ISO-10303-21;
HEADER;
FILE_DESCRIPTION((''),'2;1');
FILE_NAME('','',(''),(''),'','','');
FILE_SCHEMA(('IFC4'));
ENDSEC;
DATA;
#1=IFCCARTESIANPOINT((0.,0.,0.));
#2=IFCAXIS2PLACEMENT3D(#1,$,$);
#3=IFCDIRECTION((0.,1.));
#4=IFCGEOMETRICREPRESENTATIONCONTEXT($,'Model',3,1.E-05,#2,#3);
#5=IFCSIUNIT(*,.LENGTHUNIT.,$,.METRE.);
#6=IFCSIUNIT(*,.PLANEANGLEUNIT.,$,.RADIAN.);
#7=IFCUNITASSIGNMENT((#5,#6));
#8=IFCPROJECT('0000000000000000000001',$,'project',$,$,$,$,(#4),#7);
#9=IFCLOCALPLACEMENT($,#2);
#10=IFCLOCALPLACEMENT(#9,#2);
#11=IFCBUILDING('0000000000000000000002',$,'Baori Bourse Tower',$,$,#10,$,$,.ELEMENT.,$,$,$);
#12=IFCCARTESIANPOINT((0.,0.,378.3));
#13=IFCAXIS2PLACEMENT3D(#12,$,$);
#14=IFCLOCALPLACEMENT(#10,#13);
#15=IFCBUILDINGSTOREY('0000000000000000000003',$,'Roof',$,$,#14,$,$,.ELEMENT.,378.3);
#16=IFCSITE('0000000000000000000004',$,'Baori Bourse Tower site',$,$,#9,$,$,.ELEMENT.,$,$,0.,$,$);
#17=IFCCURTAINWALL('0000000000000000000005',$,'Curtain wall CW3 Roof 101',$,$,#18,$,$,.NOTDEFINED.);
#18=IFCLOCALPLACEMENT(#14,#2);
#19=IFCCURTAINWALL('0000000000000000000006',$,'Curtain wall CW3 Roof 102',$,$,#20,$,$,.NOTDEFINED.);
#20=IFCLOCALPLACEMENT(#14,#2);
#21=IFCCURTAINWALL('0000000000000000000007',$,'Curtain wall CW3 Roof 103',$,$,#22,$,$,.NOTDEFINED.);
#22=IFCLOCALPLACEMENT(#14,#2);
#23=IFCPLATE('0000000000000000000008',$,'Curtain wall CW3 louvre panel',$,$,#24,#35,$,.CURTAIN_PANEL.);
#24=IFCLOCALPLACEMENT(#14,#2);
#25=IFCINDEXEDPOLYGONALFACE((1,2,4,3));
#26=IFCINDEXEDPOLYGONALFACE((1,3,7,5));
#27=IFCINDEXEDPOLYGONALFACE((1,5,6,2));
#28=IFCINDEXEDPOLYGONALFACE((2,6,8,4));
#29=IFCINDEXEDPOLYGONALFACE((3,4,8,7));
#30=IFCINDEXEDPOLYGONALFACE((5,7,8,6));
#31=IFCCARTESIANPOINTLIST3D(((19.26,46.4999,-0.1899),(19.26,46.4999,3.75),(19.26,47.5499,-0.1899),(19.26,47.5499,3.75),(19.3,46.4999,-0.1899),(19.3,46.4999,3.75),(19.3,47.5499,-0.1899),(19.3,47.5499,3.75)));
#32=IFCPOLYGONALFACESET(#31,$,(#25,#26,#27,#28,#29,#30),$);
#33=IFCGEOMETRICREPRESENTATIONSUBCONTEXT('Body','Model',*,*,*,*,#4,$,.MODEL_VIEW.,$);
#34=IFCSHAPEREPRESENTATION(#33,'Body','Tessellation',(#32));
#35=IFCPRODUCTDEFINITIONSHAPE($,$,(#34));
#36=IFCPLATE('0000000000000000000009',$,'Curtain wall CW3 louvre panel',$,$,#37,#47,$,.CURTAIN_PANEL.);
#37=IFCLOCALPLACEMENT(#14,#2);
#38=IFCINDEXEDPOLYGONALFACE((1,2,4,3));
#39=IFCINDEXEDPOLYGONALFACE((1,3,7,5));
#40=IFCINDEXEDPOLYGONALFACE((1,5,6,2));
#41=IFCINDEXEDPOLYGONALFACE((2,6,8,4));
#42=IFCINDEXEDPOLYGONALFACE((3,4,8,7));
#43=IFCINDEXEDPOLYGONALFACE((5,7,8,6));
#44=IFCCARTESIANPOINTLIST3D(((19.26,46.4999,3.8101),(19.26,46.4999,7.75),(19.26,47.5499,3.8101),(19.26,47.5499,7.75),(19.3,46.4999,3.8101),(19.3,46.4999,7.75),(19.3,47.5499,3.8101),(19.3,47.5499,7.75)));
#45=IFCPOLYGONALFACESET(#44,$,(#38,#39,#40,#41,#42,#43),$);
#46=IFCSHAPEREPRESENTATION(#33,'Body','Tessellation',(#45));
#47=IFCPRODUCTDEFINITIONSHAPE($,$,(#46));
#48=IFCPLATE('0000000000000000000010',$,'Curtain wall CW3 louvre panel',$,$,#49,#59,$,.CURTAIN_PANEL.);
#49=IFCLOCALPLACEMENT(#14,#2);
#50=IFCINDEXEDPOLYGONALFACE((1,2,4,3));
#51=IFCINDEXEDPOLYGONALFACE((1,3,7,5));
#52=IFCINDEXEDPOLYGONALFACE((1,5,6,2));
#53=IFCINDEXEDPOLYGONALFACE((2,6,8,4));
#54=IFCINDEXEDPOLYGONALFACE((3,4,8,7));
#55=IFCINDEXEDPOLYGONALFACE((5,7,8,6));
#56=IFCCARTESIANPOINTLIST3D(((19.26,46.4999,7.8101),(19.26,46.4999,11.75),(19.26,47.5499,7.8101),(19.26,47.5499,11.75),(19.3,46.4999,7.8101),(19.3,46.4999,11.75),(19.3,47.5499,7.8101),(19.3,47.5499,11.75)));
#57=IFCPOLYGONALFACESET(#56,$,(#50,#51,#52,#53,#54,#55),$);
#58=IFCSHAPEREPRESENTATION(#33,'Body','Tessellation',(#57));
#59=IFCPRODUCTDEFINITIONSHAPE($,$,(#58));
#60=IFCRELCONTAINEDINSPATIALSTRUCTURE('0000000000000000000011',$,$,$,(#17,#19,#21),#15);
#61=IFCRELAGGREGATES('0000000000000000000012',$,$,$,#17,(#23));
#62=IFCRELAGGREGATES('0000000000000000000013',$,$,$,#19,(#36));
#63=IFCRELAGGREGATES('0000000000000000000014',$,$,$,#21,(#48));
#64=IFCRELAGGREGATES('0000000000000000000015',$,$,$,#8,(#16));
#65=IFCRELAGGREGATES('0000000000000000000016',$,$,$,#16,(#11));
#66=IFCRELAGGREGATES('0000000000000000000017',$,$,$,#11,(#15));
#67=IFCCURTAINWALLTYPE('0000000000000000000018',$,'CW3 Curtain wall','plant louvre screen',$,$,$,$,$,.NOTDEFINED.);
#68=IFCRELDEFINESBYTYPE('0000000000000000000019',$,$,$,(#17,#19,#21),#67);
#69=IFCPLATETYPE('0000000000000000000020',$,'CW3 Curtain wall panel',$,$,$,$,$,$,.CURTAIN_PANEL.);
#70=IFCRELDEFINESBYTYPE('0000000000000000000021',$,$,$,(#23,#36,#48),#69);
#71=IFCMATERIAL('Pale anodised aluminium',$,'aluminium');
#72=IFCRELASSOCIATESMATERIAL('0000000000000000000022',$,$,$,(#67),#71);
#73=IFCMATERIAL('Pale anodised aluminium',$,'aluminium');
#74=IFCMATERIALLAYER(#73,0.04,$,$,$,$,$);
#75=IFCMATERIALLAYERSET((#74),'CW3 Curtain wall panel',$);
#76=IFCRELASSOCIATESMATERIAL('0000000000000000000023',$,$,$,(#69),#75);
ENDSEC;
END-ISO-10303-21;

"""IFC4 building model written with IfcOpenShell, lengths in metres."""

from ifc_helpers import new_model, si_unit, direction, frame, origin, origin_2d, place, context, subcontext, project, spatial, rectangle, extrude, material, layer, layer_set, type_object, element, aggregate, save


model = new_model("IFC4")

# Units and contexts
model_context = context("Model", 3, precision=1e-05, world=origin(), true_north=direction((0.0, 1.0)))
body_context = subcontext(model_context, "Body", "Model", "MODEL_VIEW")
ifc_project = project(units=[si_unit("LENGTHUNIT", "METRE"), si_unit("PLANEANGLEUNIT", "RADIAN")], contexts=[model_context])

# Site, building, storey
site_placement = place(None, origin())
site = spatial("IfcSite", under=ifc_project, at=site_placement, Name="Baori Bourse Tower site", CompositionType="ELEMENT", RefElevation=0.0)
building_placement = place(site_placement, origin())
building = spatial("IfcBuilding", under=site, at=building_placement, Name="Baori Bourse Tower", CompositionType="ELEMENT")
storey_placement = place(building_placement, frame((0.0, 0.0, 378.3)))
storey = spatial("IfcBuildingStorey", under=building, at=storey_placement, Name="Roof", CompositionType="ELEMENT", Elevation=378.3)

# Curtain walls
ifc_material_1 = material(Name="Pale anodised aluminium", Category="aluminium")
curtain_wall_type = type_object("IfcCurtainWallType", Name="CW3 Curtain wall", Description="plant louvre screen", PredefinedType="NOTDEFINED", material=ifc_material_1)
curtain_wall_1_placement = place(storey_placement, origin())
curtain_wall_1 = element("IfcCurtainWall", 1, at=curtain_wall_1_placement, inside=storey, type_object=curtain_wall_type, Name="Curtain wall CW3 Roof 101", PredefinedType="NOTDEFINED")
curtain_wall_2_placement = place(storey_placement, origin())
curtain_wall_2 = element("IfcCurtainWall", 2, at=curtain_wall_2_placement, inside=storey, type_object=curtain_wall_type, Name="Curtain wall CW3 Roof 102", PredefinedType="NOTDEFINED")
curtain_wall_3_placement = place(storey_placement, origin())
curtain_wall_3 = element("IfcCurtainWall", 3, at=curtain_wall_3_placement, inside=storey, type_object=curtain_wall_type, Name="Curtain wall CW3 Roof 103", PredefinedType="NOTDEFINED")

# Plates
ifc_material_2 = material(Name="Pale anodised aluminium", Category="aluminium")
ifc_layer = layer(ifc_material_2, 0.04)
ifc_layer_set = layer_set([ifc_layer], Name="CW3 Curtain wall panel")
plate_type = type_object("IfcPlateType", Name="CW3 Curtain wall panel", PredefinedType="CURTAIN_PANEL", material=ifc_layer_set)
plate_1_placement = place(storey_placement, frame((19.28, 47.0249, -0.1899), z_axis=(0.0, 0.0, 1.0), x_axis=(0.0, -1.0, 0.0)))
plate_1 = element("IfcPlate", 4, at=plate_1_placement, type_object=plate_type, Name="Curtain wall CW3 louvre panel", PredefinedType="CURTAIN_PANEL", context=body_context, shape_type="SweptSolid", body=[
    extrude(rectangle(XDim=1.05, YDim=0.04, at=origin_2d()), origin(), (0.0, 0.0, 1.0), 3.9399),
])
aggregate(curtain_wall_1, [plate_1])
plate_2_placement = place(storey_placement, frame((19.28, 47.0249, 3.8101), z_axis=(0.0, 0.0, 1.0), x_axis=(0.0, -1.0, 0.0)))
plate_2 = element("IfcPlate", 5, at=plate_2_placement, type_object=plate_type, Name="Curtain wall CW3 louvre panel", PredefinedType="CURTAIN_PANEL", context=body_context, shape_type="SweptSolid", body=[
    extrude(rectangle(XDim=1.05, YDim=0.04, at=origin_2d()), origin(), (0.0, 0.0, 1.0), 3.9399),
])
aggregate(curtain_wall_2, [plate_2])
plate_3_placement = place(storey_placement, frame((19.28, 47.0249, 7.8101), z_axis=(0.0, 0.0, 1.0), x_axis=(0.0, -1.0, 0.0)))
plate_3 = element("IfcPlate", 6, at=plate_3_placement, type_object=plate_type, Name="Curtain wall CW3 louvre panel", PredefinedType="CURTAIN_PANEL", context=body_context, shape_type="SweptSolid", body=[
    extrude(rectangle(XDim=1.05, YDim=0.04, at=origin_2d()), origin(), (0.0, 0.0, 1.0), 3.9399),
])
aggregate(curtain_wall_3, [plate_3])

save(model, "model.ifc")
